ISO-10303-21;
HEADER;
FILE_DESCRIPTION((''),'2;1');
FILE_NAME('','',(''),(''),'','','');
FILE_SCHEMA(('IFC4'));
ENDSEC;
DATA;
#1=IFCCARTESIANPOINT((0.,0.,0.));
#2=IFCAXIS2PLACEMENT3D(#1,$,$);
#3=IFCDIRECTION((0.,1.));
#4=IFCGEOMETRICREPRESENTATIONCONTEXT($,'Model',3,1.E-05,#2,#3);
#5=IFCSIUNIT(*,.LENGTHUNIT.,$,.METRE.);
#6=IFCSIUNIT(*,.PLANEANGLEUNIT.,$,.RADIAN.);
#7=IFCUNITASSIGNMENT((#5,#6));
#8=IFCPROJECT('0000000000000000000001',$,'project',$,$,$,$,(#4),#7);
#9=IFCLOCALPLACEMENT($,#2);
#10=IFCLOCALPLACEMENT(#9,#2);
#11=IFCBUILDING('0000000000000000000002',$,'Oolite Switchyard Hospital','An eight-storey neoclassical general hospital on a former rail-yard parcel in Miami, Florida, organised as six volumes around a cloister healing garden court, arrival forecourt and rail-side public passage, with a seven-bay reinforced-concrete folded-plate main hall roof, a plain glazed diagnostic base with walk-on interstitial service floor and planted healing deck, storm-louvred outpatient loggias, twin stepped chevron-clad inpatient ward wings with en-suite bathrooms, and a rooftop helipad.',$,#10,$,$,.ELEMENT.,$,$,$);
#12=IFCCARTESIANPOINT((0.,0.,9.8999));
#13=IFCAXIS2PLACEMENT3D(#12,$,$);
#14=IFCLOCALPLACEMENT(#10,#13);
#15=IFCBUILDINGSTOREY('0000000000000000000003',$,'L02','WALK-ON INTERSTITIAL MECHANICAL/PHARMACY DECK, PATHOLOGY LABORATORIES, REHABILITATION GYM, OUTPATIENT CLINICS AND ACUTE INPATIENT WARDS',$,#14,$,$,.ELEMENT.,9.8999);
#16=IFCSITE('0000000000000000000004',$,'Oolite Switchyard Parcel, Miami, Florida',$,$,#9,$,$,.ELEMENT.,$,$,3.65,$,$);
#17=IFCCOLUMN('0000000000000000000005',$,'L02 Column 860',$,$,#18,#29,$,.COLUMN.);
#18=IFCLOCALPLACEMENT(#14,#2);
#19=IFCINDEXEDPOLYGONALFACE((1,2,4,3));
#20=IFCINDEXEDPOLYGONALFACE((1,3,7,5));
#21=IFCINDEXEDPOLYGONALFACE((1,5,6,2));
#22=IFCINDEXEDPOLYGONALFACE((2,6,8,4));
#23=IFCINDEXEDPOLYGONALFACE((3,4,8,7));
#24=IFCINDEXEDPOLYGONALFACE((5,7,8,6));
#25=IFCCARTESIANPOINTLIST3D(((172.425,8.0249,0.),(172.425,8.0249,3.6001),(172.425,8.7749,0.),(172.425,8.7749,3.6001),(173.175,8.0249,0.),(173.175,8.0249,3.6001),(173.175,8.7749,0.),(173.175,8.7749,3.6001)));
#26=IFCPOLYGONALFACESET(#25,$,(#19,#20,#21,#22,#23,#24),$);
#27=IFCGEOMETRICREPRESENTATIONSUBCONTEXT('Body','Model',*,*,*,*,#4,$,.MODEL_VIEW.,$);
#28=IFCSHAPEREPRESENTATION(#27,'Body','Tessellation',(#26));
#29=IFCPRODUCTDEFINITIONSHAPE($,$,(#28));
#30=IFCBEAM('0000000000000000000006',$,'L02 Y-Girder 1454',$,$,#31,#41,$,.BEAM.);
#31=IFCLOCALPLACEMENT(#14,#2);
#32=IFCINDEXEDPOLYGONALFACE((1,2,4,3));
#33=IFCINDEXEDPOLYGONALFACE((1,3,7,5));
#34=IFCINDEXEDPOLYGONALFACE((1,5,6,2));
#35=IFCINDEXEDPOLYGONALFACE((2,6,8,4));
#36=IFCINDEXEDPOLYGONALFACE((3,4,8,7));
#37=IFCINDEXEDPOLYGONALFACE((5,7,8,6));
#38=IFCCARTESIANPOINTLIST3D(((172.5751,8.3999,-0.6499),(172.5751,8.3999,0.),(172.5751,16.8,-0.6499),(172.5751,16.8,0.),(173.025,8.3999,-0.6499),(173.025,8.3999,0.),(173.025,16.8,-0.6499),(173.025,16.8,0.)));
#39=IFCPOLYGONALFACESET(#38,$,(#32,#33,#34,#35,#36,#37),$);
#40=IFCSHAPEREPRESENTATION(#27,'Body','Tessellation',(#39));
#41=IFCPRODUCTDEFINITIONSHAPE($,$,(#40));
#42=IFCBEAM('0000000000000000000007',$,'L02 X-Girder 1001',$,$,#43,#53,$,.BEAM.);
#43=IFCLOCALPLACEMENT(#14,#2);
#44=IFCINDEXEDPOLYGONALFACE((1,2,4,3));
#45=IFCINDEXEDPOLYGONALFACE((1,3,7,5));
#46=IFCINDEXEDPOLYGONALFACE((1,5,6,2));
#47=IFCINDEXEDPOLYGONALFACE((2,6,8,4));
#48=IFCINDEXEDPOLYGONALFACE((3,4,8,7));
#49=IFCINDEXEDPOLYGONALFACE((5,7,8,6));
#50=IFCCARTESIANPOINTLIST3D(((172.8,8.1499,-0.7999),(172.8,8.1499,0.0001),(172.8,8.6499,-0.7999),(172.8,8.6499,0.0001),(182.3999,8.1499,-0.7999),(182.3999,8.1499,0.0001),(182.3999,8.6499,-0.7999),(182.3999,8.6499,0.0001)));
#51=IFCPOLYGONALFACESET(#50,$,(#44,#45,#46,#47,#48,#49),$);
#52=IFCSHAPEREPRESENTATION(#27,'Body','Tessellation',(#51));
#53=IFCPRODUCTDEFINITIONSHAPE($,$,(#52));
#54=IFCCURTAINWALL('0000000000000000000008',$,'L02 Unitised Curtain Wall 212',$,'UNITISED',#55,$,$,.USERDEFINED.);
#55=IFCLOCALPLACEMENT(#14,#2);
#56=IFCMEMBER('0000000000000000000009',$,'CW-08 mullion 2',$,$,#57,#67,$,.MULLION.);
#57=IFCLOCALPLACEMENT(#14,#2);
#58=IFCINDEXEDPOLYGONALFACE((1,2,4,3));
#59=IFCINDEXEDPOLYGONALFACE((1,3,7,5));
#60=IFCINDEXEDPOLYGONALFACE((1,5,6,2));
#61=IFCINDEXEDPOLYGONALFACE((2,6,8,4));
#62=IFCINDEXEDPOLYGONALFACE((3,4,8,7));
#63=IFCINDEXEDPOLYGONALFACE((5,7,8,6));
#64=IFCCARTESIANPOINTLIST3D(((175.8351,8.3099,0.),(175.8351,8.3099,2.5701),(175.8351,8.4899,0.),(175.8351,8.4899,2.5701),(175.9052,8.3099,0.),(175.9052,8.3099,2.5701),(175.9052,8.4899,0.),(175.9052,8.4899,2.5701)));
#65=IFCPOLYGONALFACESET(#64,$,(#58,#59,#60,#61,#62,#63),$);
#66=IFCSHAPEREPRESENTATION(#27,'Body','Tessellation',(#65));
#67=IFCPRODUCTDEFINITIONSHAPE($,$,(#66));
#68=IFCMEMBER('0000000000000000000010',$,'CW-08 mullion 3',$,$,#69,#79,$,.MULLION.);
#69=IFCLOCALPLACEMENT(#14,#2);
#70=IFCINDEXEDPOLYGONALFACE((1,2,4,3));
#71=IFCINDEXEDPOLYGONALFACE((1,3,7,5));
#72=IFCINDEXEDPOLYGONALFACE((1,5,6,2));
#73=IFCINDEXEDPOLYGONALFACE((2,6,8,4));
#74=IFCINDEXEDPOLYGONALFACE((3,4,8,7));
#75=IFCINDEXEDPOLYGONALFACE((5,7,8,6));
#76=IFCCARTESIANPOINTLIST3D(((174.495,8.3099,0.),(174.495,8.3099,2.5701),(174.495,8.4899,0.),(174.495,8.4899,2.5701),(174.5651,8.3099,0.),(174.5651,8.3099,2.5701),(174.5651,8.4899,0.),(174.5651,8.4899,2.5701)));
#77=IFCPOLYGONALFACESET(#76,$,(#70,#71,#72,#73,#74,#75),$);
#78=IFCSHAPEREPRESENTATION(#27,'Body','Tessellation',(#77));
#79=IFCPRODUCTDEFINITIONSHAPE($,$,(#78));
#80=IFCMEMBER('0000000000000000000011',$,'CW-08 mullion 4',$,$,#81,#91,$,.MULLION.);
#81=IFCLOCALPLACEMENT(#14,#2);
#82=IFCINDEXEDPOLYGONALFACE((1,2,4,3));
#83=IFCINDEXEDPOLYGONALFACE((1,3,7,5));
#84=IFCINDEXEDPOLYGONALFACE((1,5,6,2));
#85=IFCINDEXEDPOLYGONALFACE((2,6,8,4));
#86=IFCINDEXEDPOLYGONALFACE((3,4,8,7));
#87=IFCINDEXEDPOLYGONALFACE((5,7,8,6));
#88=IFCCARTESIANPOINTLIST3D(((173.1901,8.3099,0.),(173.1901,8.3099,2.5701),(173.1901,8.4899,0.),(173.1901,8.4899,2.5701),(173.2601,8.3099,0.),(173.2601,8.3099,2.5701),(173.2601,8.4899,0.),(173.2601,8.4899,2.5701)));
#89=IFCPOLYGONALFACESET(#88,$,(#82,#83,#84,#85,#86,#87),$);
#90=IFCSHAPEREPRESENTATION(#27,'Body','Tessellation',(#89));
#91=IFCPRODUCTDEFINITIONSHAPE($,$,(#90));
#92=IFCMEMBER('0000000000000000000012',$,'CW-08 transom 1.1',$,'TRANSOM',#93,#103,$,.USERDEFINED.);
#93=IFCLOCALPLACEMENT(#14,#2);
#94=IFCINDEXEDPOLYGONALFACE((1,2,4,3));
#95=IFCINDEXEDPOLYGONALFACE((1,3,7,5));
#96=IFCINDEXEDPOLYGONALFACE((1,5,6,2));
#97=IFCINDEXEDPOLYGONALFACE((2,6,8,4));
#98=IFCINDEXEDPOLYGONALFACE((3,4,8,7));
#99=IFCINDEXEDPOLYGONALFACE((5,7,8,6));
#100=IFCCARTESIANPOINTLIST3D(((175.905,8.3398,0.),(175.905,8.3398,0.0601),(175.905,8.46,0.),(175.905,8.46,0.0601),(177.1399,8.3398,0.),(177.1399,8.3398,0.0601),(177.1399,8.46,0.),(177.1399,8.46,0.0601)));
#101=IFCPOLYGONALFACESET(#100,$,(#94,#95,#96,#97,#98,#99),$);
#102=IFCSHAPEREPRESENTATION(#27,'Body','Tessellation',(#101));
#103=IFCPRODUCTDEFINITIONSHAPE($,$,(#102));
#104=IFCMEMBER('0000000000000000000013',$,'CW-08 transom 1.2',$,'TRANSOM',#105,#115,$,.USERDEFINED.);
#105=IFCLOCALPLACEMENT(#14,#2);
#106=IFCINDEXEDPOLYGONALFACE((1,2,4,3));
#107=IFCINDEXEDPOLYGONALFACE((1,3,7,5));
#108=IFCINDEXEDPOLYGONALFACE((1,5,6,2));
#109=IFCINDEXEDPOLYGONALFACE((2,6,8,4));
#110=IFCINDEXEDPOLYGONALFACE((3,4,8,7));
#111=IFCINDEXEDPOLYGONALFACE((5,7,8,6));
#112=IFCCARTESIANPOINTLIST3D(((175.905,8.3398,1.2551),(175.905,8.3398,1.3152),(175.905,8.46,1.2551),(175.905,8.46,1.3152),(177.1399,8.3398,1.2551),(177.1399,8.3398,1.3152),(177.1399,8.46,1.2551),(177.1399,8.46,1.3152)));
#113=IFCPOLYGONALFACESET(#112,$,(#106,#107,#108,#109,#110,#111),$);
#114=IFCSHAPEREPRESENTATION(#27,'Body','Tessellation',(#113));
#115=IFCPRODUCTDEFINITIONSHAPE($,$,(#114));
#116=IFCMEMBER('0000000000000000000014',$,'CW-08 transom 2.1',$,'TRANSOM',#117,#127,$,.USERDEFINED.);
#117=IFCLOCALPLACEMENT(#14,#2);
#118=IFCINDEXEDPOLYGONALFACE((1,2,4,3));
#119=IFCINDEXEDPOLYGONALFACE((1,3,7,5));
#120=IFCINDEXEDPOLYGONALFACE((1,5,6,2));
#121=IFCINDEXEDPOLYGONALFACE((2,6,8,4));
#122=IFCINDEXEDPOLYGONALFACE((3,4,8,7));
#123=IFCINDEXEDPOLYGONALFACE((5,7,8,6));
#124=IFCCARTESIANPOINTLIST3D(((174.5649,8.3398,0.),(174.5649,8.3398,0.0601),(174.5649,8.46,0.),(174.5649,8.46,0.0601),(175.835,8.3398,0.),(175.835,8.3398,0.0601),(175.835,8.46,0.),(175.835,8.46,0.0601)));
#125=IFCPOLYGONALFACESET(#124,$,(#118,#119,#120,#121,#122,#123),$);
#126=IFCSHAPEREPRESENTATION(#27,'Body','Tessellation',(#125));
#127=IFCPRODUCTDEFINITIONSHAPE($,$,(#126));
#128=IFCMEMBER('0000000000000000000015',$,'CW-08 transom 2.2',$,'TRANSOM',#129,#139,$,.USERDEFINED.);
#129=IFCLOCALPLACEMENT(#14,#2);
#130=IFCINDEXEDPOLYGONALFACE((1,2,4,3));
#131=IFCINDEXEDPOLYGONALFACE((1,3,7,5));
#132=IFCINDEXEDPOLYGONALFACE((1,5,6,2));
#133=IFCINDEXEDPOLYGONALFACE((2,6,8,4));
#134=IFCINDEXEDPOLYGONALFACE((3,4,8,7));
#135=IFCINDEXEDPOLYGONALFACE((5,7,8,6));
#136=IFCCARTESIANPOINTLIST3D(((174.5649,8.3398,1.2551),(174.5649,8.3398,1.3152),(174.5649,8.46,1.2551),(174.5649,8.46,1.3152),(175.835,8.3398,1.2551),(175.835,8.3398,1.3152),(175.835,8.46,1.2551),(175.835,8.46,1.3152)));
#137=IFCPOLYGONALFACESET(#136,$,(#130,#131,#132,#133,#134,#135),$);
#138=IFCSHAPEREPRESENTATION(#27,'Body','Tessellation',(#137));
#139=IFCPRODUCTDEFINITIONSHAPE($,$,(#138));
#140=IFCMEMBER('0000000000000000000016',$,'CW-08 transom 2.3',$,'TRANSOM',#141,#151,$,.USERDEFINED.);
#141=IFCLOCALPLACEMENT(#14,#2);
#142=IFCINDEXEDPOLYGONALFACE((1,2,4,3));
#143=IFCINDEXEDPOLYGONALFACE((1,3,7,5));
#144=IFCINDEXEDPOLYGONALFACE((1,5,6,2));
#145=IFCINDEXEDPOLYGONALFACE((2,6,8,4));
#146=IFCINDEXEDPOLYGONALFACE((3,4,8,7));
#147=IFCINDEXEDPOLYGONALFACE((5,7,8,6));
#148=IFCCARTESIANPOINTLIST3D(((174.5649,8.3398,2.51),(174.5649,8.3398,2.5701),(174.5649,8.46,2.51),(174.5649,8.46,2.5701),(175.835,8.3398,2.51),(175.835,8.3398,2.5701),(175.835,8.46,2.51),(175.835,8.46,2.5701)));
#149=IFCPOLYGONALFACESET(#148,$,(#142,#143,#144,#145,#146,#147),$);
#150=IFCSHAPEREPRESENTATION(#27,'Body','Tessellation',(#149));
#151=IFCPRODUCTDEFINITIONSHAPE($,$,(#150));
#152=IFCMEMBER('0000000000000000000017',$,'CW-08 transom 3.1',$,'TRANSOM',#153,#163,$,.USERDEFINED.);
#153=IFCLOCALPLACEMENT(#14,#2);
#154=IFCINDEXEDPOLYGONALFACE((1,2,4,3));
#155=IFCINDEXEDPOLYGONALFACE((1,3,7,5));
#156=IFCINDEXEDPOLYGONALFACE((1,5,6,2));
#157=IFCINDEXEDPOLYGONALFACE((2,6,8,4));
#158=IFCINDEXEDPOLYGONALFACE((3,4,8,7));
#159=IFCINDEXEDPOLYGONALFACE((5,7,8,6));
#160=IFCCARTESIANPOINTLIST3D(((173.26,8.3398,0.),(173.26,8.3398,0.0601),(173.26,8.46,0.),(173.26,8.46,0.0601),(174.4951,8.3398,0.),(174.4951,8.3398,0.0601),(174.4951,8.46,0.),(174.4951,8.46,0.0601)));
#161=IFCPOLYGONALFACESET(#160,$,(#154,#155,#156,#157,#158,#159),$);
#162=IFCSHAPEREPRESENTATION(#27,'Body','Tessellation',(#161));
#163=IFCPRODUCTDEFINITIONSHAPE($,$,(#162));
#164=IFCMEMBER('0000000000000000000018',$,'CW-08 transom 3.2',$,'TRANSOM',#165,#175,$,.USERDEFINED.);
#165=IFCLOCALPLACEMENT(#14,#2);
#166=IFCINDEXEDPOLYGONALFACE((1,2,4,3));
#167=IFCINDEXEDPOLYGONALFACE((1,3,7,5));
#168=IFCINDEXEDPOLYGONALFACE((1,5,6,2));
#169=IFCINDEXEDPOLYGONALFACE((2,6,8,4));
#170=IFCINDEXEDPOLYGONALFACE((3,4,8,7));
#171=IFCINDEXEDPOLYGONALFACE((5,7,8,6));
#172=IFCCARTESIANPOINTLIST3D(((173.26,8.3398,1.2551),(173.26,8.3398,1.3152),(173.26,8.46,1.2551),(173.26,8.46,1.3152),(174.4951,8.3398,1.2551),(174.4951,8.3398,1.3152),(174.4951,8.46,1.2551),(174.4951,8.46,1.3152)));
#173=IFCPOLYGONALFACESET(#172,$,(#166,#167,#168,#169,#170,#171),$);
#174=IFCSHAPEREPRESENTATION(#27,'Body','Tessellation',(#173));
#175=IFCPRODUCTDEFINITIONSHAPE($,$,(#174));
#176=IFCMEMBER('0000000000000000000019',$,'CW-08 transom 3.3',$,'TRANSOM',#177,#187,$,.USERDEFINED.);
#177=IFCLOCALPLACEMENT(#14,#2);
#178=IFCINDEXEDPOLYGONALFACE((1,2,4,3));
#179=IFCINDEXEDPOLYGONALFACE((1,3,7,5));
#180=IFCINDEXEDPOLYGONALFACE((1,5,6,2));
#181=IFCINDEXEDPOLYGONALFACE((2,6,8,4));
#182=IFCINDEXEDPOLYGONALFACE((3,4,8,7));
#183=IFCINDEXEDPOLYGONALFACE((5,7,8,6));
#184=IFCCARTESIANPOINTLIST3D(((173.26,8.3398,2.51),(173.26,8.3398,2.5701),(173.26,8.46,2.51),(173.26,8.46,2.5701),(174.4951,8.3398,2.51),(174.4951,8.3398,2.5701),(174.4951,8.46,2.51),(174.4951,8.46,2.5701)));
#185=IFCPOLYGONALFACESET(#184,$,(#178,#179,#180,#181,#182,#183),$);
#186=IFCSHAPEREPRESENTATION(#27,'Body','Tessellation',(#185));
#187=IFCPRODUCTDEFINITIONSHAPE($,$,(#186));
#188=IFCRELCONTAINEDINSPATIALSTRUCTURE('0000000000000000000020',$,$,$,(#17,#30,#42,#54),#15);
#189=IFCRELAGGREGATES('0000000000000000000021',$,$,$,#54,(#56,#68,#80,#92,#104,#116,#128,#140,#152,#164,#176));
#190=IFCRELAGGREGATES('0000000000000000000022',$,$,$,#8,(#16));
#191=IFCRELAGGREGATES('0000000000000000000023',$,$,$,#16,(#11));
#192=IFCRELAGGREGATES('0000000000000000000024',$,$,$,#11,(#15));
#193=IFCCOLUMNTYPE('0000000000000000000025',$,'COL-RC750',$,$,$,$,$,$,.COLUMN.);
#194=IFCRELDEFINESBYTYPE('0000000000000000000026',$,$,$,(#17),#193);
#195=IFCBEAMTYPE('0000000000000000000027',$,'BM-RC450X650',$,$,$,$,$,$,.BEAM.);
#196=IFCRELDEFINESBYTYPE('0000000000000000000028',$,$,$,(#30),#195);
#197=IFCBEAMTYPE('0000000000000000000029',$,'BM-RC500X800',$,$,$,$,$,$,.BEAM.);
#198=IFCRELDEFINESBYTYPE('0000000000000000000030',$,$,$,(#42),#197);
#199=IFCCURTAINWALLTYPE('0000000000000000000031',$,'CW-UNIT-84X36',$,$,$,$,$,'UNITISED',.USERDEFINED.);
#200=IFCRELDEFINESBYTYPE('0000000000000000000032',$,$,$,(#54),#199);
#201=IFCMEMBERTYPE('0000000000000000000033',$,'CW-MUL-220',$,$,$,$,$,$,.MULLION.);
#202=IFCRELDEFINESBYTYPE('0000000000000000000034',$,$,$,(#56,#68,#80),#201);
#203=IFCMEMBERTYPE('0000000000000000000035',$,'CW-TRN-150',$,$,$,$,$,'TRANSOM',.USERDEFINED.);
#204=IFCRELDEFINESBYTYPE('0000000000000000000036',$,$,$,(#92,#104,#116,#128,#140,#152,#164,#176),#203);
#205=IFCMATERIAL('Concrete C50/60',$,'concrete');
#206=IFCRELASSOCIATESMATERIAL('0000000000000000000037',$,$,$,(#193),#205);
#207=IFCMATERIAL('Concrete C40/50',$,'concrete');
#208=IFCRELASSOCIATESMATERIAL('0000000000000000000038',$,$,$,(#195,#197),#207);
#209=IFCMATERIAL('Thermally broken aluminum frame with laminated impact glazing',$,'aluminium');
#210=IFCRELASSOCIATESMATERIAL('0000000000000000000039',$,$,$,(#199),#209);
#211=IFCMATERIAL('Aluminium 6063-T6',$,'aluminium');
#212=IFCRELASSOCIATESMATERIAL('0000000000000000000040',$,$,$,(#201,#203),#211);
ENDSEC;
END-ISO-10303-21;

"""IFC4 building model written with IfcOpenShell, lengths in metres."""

from ifc_helpers import new_model, si_unit, direction, frame, origin, origin_2d, place, context, subcontext, project, spatial, rectangle, extrude, material, material_profile, profile_set, type_object, element, aggregate, save


model = new_model("IFC4")

# Units and contexts
model_context = context("Model", 3, precision=1e-05, world=origin(), true_north=direction((0.0, 1.0)))
body_context = subcontext(model_context, "Body", "Model", "MODEL_VIEW")
ifc_project = project(units=[si_unit("LENGTHUNIT", "METRE"), si_unit("PLANEANGLEUNIT", "RADIAN")], contexts=[model_context])

# Site, building, storey
site_placement = place(None, origin())
site = spatial("IfcSite", under=ifc_project, at=site_placement, Name="Oolite Switchyard Parcel, Miami, Florida", CompositionType="ELEMENT", RefElevation=3.65)
building_placement = place(site_placement, origin())
building = spatial("IfcBuilding", under=site, at=building_placement, Name="Oolite Switchyard Hospital", Description="An eight-storey neoclassical general hospital on a former rail-yard parcel in Miami, Florida, organised as six volumes around a cloister healing garden court, arrival forecourt and rail-side public passage, with a seven-bay reinforced-concrete folded-plate main hall roof, a plain glazed diagnostic base with walk-on interstitial service floor and planted healing deck, storm-louvred outpatient loggias, twin stepped chevron-clad inpatient ward wings with en-suite bathrooms, and a rooftop helipad.", CompositionType="ELEMENT")
storey_placement = place(building_placement, frame((0.0, 0.0, 9.8999)))
storey = spatial("IfcBuildingStorey", under=building, at=storey_placement, Name="L02", Description="WALK-ON INTERSTITIAL MECHANICAL/PHARMACY DECK, PATHOLOGY LABORATORIES, REHABILITATION GYM, OUTPATIENT CLINICS AND ACUTE INPATIENT WARDS", CompositionType="ELEMENT", Elevation=9.8999)

# Column
ifc_material_1 = material(Name="Concrete C50/60", Category="concrete")
ifc_material_profile_1 = material_profile(ifc_material_1, rectangle(XDim=0.75, YDim=0.75, at=origin_2d()), Name="RC750X750")
ifc_profile_set_1 = profile_set([ifc_material_profile_1], Name="Concrete C50/60")
column_type = type_object("IfcColumnType", Name="COL-RC750", PredefinedType="COLUMN", material=ifc_profile_set_1)
column_placement = place(storey_placement, frame((172.8, 8.3999, 0.0), z_axis=(0.0, 0.0, 1.0), x_axis=(1.0, 0.0, 0.0)))
element("IfcColumn", 1, at=column_placement, inside=storey, type_object=column_type, Name="L02 Column 860", PredefinedType="COLUMN", context=body_context, shape_type="SweptSolid", body=[
    extrude(rectangle(XDim=0.75, YDim=0.75, at=origin_2d()), origin(), (0.0, 0.0, 1.0), 3.6001),
])

# Beams
ifc_material_2 = material(Name="Concrete C40/50", Category="concrete")
ifc_material_profile_2 = material_profile(ifc_material_2, rectangle(XDim=0.45, YDim=0.6499, at=origin_2d()), Name="RCB450X650")
ifc_profile_set_2 = profile_set([ifc_material_profile_2], Name="Concrete C40/50")
beam_type_1 = type_object("IfcBeamType", Name="BM-RC450X650", PredefinedType="BEAM", material=ifc_profile_set_2)
beam_1_placement = place(storey_placement, frame((172.8, 8.3999, -0.325), z_axis=(0.0, 1.0, 0.0), x_axis=(-1.0, 0.0, 0.0)))
element("IfcBeam", 2, at=beam_1_placement, inside=storey, type_object=beam_type_1, Name="L02 Y-Girder 1454", PredefinedType="BEAM", context=body_context, shape_type="SweptSolid", body=[
    extrude(rectangle(XDim=0.45, YDim=0.6499, at=origin_2d()), origin(), (0.0, 0.0, 1.0), 8.4001),
])
ifc_material_profile_3 = material_profile(ifc_material_2, rectangle(XDim=0.5, YDim=0.8, at=origin_2d()), Name="RCB500X800")
ifc_profile_set_3 = profile_set([ifc_material_profile_3], Name="Concrete C40/50")
beam_type_2 = type_object("IfcBeamType", Name="BM-RC500X800", PredefinedType="BEAM", material=ifc_profile_set_3)
beam_2_placement = place(storey_placement, frame((172.8, 8.3999, -0.3999), z_axis=(1.0, 0.0, 0.0), x_axis=(0.0, 1.0, 0.0)))
element("IfcBeam", 3, at=beam_2_placement, inside=storey, type_object=beam_type_2, Name="L02 X-Girder 1001", PredefinedType="BEAM", context=body_context, shape_type="SweptSolid", body=[
    extrude(rectangle(XDim=0.5, YDim=0.8, at=origin_2d()), origin(), (0.0, 0.0, 1.0), 9.5999),
])

# Curtain wall, members
ifc_material_3 = material(Name="Thermally broken aluminum frame with laminated impact glazing", Category="aluminium")
curtain_wall_type = type_object("IfcCurtainWallType", Name="CW-UNIT-84X36", ElementType="UNITISED", PredefinedType="USERDEFINED", material=ifc_material_3)
curtain_wall_placement = place(storey_placement, origin())
curtain_wall = element("IfcCurtainWall", 4, at=curtain_wall_placement, inside=storey, type_object=curtain_wall_type, Name="L02 Unitised Curtain Wall 212", ObjectType="UNITISED", PredefinedType="USERDEFINED")
ifc_material_4 = material(Name="Aluminium 6063-T6", Category="aluminium")
ifc_material_profile_4 = material_profile(ifc_material_4, rectangle(XDim=0.1799, YDim=0.0701, at=origin_2d()), Name="CWM70X180")
ifc_profile_set_4 = profile_set([ifc_material_profile_4], Name="Aluminium 6063-T6")
member_type_1 = type_object("IfcMemberType", Name="CW-MUL-220", PredefinedType="MULLION", material=ifc_profile_set_4)
member_1_placement = place(storey_placement, frame((175.8701, 8.3999, 0.0), z_axis=(0.0, 0.0, 1.0), x_axis=(0.0, -1.0, 0.0)))
member_1 = element("IfcMember", 5, at=member_1_placement, type_object=member_type_1, Name="CW-08 mullion 2", PredefinedType="MULLION", context=body_context, shape_type="SweptSolid", body=[
    extrude(rectangle(XDim=0.1799, YDim=0.0701, at=origin_2d()), origin(), (0.0, 0.0, 1.0), 2.5701),
])
member_2_placement = place(storey_placement, frame((174.53, 8.3999, 0.0), z_axis=(0.0, 0.0, 1.0), x_axis=(0.0, -1.0, 0.0)))
member_2 = element("IfcMember", 6, at=member_2_placement, type_object=member_type_1, Name="CW-08 mullion 3", PredefinedType="MULLION", context=body_context, shape_type="SweptSolid", body=[
    extrude(rectangle(XDim=0.1799, YDim=0.0701, at=origin_2d()), origin(), (0.0, 0.0, 1.0), 2.5701),
])
member_3_placement = place(storey_placement, frame((173.2251, 8.3999, 0.0), z_axis=(0.0, 0.0, 1.0), x_axis=(0.0, -1.0, 0.0)))
member_3 = element("IfcMember", 7, at=member_3_placement, type_object=member_type_1, Name="CW-08 mullion 4", PredefinedType="MULLION", context=body_context, shape_type="SweptSolid", body=[
    extrude(rectangle(XDim=0.1799, YDim=0.0701, at=origin_2d()), origin(), (0.0, 0.0, 1.0), 2.5701),
])
ifc_material_profile_5 = material_profile(ifc_material_4, rectangle(XDim=0.1201, YDim=0.0601, at=origin_2d()), Name="CWT60X120")
ifc_profile_set_5 = profile_set([ifc_material_profile_5], Name="Aluminium 6063-T6")
member_type_2 = type_object("IfcMemberType", Name="CW-TRN-150", ElementType="TRANSOM", PredefinedType="USERDEFINED", material=ifc_profile_set_5)
member_4_placement = place(storey_placement, frame((177.1399, 8.3999, 0.03), z_axis=(-1.0, 0.0, 0.0), x_axis=(0.0, -1.0, 0.0)))
member_4 = element("IfcMember", 8, at=member_4_placement, type_object=member_type_2, Name="CW-08 transom 1.1", ObjectType="TRANSOM", PredefinedType="USERDEFINED", context=body_context, shape_type="SweptSolid", body=[
    extrude(rectangle(XDim=0.1201, YDim=0.0601, at=origin_2d()), origin(), (0.0, 0.0, 1.0), 1.2349),
])
member_5_placement = place(storey_placement, frame((177.1399, 8.3999, 1.2852), z_axis=(-1.0, 0.0, 0.0), x_axis=(0.0, -1.0, 0.0)))
member_5 = element("IfcMember", 9, at=member_5_placement, type_object=member_type_2, Name="CW-08 transom 1.2", ObjectType="TRANSOM", PredefinedType="USERDEFINED", context=body_context, shape_type="SweptSolid", body=[
    extrude(rectangle(XDim=0.1201, YDim=0.0601, at=origin_2d()), origin(), (0.0, 0.0, 1.0), 1.2349),
])
member_6_placement = place(storey_placement, frame((175.835, 8.3999, 0.03), z_axis=(-1.0, 0.0, 0.0), x_axis=(0.0, -1.0, 0.0)))
member_6 = element("IfcMember", 10, at=member_6_placement, type_object=member_type_2, Name="CW-08 transom 2.1", ObjectType="TRANSOM", PredefinedType="USERDEFINED", context=body_context, shape_type="SweptSolid", body=[
    extrude(rectangle(XDim=0.1201, YDim=0.0601, at=origin_2d()), origin(), (0.0, 0.0, 1.0), 1.27),
])
member_7_placement = place(storey_placement, frame((175.835, 8.3999, 1.2852), z_axis=(-1.0, 0.0, 0.0), x_axis=(0.0, -1.0, 0.0)))
member_7 = element("IfcMember", 11, at=member_7_placement, type_object=member_type_2, Name="CW-08 transom 2.2", ObjectType="TRANSOM", PredefinedType="USERDEFINED", context=body_context, shape_type="SweptSolid", body=[
    extrude(rectangle(XDim=0.1201, YDim=0.0601, at=origin_2d()), origin(), (0.0, 0.0, 1.0), 1.27),
])
member_8_placement = place(storey_placement, frame((175.835, 8.3999, 2.54), z_axis=(-1.0, 0.0, 0.0), x_axis=(0.0, -1.0, 0.0)))
member_8 = element("IfcMember", 12, at=member_8_placement, type_object=member_type_2, Name="CW-08 transom 2.3", ObjectType="TRANSOM", PredefinedType="USERDEFINED", context=body_context, shape_type="SweptSolid", body=[
    extrude(rectangle(XDim=0.1201, YDim=0.0601, at=origin_2d()), origin(), (0.0, 0.0, 1.0), 1.27),
])
member_9_placement = place(storey_placement, frame((174.4951, 8.3999, 0.03), z_axis=(-1.0, 0.0, 0.0), x_axis=(0.0, -1.0, 0.0)))
member_9 = element("IfcMember", 13, at=member_9_placement, type_object=member_type_2, Name="CW-08 transom 3.1", ObjectType="TRANSOM", PredefinedType="USERDEFINED", context=body_context, shape_type="SweptSolid", body=[
    extrude(rectangle(XDim=0.1201, YDim=0.0601, at=origin_2d()), origin(), (0.0, 0.0, 1.0), 1.2351),
])
member_10_placement = place(storey_placement, frame((174.4951, 8.3999, 1.2852), z_axis=(-1.0, 0.0, 0.0), x_axis=(0.0, -1.0, 0.0)))
member_10 = element("IfcMember", 14, at=member_10_placement, type_object=member_type_2, Name="CW-08 transom 3.2", ObjectType="TRANSOM", PredefinedType="USERDEFINED", context=body_context, shape_type="SweptSolid", body=[
    extrude(rectangle(XDim=0.1201, YDim=0.0601, at=origin_2d()), origin(), (0.0, 0.0, 1.0), 1.2351),
])
member_11_placement = place(storey_placement, frame((174.4951, 8.3999, 2.54), z_axis=(-1.0, 0.0, 0.0), x_axis=(0.0, -1.0, 0.0)))
member_11 = element("IfcMember", 15, at=member_11_placement, type_object=member_type_2, Name="CW-08 transom 3.3", ObjectType="TRANSOM", PredefinedType="USERDEFINED", context=body_context, shape_type="SweptSolid", body=[
    extrude(rectangle(XDim=0.1201, YDim=0.0601, at=origin_2d()), origin(), (0.0, 0.0, 1.0), 1.2351),
])
aggregate(curtain_wall, [member_1, member_2, member_3, member_4, member_5, member_6, member_7, member_8, member_9, member_10, member_11])

save(model, "model.ifc")
